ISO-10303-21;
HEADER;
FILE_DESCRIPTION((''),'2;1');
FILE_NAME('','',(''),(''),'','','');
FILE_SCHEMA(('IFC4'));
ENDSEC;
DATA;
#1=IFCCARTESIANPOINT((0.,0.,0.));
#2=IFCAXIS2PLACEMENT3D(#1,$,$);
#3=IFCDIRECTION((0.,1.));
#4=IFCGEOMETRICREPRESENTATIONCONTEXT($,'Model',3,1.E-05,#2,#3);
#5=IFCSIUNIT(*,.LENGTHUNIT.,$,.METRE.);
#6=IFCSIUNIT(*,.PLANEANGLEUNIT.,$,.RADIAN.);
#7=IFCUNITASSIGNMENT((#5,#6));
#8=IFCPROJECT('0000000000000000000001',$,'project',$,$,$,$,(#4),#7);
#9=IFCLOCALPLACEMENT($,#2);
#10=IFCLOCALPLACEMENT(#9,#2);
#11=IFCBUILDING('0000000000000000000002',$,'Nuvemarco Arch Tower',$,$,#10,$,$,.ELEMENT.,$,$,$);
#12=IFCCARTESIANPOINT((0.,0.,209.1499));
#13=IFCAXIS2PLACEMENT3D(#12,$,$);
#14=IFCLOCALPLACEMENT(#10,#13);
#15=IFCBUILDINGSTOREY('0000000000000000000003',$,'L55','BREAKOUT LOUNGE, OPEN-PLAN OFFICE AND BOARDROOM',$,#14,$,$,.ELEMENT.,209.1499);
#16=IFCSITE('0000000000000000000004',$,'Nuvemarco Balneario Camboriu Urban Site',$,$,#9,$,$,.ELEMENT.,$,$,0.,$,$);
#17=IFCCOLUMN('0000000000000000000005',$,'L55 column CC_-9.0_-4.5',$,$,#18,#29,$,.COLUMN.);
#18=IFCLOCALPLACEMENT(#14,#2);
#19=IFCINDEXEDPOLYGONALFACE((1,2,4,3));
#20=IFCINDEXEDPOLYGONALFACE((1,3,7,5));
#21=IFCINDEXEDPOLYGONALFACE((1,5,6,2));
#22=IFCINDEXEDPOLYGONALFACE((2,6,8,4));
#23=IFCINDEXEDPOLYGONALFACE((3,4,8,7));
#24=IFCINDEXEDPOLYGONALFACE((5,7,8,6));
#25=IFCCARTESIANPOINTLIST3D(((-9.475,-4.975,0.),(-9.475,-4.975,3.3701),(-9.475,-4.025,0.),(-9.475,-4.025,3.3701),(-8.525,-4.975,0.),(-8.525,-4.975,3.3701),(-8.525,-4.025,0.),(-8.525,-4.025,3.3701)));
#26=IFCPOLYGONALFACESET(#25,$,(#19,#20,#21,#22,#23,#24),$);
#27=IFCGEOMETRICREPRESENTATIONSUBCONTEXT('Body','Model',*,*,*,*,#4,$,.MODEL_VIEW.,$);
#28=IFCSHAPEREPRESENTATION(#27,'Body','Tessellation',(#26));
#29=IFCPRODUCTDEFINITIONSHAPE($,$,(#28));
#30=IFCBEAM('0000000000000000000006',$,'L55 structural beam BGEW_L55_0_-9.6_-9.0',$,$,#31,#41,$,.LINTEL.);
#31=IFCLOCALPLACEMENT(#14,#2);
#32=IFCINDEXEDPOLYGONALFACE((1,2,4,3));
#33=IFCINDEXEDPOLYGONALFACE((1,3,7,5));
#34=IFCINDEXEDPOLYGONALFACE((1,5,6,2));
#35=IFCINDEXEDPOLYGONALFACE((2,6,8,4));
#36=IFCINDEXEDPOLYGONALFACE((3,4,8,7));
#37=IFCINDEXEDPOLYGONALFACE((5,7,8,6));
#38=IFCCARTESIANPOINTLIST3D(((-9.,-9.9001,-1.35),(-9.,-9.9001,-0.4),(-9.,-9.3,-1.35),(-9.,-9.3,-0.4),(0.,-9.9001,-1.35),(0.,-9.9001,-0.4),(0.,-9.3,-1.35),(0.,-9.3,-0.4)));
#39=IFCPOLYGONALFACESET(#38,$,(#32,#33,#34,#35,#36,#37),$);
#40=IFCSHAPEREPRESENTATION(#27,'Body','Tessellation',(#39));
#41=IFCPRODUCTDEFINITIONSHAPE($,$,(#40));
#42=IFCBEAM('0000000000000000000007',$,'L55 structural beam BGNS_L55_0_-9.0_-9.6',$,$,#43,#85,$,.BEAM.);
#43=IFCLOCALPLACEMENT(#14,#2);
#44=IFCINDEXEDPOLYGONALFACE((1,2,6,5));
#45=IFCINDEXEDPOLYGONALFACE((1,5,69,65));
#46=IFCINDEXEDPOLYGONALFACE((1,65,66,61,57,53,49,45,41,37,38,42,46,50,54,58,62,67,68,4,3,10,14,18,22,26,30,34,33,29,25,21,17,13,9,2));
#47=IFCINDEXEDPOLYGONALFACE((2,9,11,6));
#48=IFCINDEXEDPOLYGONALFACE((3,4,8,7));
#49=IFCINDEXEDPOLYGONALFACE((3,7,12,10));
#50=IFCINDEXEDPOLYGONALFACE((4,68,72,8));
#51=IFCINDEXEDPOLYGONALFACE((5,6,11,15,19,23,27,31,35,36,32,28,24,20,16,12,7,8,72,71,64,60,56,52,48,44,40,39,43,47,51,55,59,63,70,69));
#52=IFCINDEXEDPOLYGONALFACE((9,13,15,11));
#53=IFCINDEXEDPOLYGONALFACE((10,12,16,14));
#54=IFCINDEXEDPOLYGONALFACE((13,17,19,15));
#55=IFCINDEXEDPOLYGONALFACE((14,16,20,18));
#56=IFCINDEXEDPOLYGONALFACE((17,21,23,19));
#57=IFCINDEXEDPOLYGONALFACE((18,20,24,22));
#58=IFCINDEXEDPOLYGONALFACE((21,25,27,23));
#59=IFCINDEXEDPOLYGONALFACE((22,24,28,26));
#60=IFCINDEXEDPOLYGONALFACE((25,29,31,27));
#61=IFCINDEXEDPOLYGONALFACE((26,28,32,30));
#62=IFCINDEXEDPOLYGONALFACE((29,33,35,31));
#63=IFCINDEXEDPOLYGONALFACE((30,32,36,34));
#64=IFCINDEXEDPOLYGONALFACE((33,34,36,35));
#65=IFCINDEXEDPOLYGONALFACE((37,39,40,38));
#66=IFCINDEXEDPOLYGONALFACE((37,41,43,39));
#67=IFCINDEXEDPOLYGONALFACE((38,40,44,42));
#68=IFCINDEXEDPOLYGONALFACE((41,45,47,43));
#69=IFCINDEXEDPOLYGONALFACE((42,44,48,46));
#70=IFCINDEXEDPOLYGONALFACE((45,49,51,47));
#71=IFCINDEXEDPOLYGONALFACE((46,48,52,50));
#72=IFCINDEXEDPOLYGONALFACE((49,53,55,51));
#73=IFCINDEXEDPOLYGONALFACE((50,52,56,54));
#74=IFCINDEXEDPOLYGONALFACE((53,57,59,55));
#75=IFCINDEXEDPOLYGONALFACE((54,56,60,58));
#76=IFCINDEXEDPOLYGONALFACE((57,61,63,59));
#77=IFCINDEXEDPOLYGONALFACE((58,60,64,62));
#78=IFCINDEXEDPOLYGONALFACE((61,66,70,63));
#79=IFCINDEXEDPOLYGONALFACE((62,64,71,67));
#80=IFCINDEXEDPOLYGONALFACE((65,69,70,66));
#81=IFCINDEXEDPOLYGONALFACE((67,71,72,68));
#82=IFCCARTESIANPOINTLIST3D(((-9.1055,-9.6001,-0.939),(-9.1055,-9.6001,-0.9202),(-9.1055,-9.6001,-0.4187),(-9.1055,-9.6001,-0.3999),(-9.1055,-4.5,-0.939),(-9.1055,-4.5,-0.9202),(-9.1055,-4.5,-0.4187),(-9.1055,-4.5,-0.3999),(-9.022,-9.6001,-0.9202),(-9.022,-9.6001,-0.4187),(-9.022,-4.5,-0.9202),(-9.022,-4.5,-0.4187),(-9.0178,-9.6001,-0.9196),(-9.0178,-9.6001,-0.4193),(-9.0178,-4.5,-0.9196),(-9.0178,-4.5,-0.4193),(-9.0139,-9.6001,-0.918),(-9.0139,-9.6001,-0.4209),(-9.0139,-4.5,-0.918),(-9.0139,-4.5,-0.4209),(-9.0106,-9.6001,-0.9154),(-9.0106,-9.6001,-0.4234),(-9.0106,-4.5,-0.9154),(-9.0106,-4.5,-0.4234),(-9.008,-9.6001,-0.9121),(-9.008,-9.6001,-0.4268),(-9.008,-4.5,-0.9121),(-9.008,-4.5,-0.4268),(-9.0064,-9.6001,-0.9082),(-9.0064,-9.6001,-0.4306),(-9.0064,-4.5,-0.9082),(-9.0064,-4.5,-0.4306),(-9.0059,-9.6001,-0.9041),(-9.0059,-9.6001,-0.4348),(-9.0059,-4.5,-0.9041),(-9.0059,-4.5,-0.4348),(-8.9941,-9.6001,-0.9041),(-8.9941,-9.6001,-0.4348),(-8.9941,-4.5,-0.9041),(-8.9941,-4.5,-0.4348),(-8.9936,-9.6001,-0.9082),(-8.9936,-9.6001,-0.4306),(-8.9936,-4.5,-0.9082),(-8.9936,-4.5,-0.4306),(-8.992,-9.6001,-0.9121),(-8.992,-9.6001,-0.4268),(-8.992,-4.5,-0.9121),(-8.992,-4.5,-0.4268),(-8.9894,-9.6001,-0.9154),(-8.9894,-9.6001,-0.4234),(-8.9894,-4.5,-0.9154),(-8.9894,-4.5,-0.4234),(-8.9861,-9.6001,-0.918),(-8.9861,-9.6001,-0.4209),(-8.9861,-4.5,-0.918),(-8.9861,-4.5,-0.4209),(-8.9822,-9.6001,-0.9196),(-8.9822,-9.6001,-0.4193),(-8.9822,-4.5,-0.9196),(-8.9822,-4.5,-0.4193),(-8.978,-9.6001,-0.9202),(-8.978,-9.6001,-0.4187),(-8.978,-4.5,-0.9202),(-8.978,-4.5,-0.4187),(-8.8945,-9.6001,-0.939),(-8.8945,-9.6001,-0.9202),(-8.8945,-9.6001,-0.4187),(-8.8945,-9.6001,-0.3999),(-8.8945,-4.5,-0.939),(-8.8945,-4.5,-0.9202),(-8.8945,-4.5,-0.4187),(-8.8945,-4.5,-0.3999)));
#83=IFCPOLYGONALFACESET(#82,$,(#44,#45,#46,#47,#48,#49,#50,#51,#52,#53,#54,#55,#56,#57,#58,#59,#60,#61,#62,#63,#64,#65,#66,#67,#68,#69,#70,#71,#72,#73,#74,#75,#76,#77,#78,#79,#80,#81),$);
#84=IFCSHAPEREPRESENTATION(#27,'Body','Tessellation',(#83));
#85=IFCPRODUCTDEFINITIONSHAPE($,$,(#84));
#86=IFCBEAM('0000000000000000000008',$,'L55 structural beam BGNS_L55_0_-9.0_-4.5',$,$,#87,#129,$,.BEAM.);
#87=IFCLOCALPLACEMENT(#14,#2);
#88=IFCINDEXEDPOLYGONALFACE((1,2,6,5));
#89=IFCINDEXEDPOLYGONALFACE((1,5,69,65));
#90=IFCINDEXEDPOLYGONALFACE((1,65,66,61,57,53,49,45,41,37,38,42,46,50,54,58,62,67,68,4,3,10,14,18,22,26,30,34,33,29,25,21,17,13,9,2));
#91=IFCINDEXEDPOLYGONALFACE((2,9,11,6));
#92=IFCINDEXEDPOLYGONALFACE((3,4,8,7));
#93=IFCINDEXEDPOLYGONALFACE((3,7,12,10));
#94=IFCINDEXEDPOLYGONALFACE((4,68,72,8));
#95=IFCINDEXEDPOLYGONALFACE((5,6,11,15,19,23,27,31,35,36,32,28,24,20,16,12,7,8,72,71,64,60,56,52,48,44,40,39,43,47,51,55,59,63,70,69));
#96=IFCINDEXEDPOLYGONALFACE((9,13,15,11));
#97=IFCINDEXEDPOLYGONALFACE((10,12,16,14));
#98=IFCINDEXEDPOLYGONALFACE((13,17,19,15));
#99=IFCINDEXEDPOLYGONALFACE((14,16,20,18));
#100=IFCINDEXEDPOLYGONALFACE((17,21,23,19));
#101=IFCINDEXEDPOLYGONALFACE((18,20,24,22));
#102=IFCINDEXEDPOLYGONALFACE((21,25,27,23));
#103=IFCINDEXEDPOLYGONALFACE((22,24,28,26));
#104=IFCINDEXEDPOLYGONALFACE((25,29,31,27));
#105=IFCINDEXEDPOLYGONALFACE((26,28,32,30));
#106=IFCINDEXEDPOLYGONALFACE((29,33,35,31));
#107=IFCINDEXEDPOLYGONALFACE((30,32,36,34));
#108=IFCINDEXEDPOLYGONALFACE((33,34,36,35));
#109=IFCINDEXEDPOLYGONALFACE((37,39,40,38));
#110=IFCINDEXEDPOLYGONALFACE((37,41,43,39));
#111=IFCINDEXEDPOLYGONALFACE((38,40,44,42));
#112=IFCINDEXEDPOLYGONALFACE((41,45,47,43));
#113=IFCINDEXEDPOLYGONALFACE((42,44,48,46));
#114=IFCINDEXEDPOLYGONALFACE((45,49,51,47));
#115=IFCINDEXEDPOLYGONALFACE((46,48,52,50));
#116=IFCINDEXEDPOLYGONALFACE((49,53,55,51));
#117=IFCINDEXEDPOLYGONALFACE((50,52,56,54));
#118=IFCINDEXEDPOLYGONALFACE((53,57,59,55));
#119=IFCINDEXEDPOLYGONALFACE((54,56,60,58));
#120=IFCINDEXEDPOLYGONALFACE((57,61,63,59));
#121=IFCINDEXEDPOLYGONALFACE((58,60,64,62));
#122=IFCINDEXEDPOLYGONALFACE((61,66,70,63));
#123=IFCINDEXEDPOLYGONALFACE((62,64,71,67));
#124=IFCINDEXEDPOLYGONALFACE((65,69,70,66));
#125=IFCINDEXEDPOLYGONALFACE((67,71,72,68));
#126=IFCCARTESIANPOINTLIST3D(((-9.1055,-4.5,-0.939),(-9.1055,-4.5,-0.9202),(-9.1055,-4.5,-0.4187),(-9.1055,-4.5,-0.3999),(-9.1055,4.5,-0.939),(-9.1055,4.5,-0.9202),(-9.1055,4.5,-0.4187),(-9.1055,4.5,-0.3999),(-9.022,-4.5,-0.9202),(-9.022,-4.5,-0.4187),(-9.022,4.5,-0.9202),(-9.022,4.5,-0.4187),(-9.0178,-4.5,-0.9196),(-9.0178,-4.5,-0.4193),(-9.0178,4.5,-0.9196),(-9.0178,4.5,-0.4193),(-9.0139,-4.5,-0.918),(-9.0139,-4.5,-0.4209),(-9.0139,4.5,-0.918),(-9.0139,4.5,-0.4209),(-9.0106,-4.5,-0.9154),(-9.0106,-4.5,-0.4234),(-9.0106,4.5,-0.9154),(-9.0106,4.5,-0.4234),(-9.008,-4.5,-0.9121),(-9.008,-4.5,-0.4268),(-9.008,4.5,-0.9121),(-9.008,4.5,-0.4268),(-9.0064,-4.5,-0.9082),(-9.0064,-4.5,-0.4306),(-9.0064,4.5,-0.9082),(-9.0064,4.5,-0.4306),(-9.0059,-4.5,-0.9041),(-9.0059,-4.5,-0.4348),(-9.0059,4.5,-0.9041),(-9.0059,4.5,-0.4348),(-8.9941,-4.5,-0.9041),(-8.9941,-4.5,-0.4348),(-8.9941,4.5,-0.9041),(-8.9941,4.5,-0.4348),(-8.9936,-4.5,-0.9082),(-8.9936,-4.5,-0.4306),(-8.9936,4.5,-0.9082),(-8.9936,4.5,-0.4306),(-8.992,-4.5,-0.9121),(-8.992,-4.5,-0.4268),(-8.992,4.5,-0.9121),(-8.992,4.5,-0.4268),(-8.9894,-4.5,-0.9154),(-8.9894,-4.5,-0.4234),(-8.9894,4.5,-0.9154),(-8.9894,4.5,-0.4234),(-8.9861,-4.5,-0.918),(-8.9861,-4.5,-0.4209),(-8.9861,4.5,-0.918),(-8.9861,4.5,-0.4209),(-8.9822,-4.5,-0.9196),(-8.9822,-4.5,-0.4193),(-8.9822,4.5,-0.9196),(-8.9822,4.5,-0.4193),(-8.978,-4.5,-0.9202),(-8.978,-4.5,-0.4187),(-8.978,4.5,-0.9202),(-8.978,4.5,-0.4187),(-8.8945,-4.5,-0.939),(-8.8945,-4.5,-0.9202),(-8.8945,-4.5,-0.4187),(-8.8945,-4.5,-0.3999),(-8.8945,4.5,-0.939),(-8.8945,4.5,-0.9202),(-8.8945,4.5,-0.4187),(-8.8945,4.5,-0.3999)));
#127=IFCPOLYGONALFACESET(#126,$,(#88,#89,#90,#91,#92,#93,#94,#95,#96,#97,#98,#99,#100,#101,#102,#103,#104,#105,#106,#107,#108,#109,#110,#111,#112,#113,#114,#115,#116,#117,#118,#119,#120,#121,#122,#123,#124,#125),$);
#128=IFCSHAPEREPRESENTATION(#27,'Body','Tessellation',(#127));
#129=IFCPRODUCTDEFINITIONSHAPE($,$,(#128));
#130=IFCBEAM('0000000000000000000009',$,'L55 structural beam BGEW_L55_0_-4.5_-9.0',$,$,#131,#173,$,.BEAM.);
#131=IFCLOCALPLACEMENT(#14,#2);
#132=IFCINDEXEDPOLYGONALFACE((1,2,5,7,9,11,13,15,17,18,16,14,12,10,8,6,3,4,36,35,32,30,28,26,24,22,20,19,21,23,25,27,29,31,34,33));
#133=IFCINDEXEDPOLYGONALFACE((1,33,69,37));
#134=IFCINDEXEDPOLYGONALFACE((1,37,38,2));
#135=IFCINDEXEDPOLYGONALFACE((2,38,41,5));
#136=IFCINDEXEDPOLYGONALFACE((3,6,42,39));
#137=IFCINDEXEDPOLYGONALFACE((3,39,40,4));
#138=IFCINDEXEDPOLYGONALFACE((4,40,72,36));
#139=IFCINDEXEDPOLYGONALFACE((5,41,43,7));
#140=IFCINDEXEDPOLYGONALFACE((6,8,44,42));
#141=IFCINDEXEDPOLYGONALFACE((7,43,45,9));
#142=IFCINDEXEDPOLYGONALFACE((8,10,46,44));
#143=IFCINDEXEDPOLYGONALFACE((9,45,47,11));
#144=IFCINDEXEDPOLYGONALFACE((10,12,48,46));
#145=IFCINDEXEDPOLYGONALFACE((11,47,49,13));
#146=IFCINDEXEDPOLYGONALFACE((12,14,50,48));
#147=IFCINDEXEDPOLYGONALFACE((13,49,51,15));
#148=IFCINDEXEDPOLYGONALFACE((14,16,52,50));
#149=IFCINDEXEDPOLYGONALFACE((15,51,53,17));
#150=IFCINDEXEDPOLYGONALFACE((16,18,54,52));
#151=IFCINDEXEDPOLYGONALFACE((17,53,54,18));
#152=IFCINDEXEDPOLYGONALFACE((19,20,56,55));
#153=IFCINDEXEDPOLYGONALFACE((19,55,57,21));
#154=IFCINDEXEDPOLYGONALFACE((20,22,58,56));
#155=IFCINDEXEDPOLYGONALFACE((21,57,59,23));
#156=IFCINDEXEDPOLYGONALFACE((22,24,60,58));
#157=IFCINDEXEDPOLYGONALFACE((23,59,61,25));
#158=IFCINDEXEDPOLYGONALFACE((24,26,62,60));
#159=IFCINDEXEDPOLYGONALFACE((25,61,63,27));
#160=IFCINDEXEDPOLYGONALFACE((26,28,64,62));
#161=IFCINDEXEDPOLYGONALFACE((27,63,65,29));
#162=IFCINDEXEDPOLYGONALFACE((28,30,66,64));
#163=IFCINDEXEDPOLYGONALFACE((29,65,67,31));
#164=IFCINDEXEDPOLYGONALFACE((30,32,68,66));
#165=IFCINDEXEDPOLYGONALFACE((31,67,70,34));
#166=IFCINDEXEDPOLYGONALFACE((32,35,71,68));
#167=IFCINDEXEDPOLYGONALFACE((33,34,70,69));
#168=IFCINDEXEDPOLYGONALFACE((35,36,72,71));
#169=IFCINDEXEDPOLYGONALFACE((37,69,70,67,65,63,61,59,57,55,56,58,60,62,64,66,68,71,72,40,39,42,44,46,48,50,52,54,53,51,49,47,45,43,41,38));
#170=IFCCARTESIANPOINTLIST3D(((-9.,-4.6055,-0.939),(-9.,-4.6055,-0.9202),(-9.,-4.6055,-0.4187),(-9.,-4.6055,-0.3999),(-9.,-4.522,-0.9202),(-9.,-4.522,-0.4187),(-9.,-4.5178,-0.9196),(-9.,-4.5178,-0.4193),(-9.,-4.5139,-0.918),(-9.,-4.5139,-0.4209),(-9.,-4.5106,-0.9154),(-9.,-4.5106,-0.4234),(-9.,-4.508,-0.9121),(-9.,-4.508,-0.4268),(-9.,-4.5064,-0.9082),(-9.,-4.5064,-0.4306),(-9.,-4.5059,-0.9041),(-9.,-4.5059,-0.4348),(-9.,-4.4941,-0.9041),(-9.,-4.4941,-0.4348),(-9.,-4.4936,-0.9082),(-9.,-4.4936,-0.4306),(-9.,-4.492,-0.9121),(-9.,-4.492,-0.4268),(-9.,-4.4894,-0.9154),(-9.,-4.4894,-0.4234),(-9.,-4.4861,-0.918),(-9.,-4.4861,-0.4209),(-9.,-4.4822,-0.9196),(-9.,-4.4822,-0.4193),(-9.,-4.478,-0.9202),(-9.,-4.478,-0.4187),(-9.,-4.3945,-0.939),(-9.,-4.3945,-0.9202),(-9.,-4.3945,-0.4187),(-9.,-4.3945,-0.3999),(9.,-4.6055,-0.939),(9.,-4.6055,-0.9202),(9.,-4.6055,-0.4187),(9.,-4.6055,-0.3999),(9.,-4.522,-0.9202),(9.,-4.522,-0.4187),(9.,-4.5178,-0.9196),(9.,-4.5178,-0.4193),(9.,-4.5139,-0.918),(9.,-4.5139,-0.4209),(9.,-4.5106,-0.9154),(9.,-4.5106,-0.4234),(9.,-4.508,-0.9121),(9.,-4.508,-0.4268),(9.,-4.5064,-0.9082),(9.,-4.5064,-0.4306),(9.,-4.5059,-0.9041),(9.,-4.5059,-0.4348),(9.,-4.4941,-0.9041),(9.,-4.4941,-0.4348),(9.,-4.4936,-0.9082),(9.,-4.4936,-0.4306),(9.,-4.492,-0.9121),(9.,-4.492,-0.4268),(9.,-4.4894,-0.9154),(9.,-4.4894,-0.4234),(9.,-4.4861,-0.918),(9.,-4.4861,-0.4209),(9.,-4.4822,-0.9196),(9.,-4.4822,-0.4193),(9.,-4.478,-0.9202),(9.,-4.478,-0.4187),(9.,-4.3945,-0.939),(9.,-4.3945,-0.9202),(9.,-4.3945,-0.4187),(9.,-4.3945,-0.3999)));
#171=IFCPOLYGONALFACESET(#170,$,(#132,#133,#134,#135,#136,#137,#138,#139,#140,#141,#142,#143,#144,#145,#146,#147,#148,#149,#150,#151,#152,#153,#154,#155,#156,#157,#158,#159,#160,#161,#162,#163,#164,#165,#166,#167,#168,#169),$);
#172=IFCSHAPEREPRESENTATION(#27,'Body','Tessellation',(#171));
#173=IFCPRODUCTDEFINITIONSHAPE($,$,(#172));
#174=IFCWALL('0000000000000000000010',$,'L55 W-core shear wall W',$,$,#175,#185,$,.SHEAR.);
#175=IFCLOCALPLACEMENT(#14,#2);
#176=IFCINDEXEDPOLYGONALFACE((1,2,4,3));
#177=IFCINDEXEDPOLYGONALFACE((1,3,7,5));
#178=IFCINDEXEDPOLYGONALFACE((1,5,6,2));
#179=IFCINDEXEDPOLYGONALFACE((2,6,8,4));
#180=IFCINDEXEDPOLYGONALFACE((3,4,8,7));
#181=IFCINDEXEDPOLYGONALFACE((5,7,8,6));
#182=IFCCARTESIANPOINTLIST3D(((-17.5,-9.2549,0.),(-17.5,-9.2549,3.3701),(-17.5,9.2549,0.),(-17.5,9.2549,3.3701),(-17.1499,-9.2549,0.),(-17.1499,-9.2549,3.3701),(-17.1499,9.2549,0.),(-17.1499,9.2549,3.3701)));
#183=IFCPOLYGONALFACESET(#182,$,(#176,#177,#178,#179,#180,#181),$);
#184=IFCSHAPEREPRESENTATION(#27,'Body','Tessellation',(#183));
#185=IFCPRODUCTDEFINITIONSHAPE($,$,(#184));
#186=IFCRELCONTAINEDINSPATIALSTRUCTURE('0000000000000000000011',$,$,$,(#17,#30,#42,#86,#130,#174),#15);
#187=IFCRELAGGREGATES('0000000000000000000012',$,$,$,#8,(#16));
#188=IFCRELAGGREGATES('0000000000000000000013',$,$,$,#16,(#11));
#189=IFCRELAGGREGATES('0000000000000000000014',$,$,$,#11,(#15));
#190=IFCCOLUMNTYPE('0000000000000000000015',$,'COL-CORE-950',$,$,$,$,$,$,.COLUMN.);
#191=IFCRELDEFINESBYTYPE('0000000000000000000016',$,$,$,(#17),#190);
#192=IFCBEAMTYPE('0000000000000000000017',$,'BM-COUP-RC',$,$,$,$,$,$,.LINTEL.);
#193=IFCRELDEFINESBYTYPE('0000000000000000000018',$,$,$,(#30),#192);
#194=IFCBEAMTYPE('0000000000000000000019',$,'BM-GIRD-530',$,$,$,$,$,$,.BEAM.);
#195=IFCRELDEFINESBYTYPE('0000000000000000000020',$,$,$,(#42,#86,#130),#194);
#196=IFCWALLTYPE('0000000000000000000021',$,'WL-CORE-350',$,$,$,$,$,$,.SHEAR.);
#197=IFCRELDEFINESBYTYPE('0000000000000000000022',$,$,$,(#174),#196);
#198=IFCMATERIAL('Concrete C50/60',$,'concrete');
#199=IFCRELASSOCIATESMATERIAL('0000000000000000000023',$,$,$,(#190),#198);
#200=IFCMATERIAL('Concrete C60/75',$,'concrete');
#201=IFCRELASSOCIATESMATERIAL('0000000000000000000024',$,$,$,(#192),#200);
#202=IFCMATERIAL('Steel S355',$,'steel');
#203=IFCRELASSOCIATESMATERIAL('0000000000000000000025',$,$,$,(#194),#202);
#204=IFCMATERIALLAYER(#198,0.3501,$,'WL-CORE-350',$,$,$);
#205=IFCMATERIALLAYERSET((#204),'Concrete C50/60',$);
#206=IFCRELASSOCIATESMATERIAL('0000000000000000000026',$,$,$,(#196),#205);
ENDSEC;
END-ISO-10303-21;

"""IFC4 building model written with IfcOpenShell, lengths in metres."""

from ifc_helpers import new_model, si_unit, direction, frame, frame_2d, origin, origin_2d, place, context, subcontext, project, spatial, rectangle, i_section, extrude, material, layer, layer_set, material_profile, profile_set, type_object, element, save


model = new_model("IFC4")

# Units and contexts
model_context = context("Model", 3, precision=1e-05, world=origin(), true_north=direction((0.0, 1.0)))
body_context = subcontext(model_context, "Body", "Model", "MODEL_VIEW")
ifc_project = project(units=[si_unit("LENGTHUNIT", "METRE"), si_unit("PLANEANGLEUNIT", "RADIAN")], contexts=[model_context])

# Site, building, storey
site_placement = place(None, origin())
site = spatial("IfcSite", under=ifc_project, at=site_placement, Name="Nuvemarco Balneario Camboriu Urban Site", CompositionType="ELEMENT", RefElevation=0.0)
building_placement = place(site_placement, origin())
building = spatial("IfcBuilding", under=site, at=building_placement, Name="Nuvemarco Arch Tower", CompositionType="ELEMENT")
storey_placement = place(building_placement, frame((0.0, 0.0, 209.1499)))
storey = spatial("IfcBuildingStorey", under=building, at=storey_placement, Name="L55", Description="BREAKOUT LOUNGE, OPEN-PLAN OFFICE AND BOARDROOM", CompositionType="ELEMENT", Elevation=209.1499)

# Column
ifc_material_1 = material(Name="Concrete C50/60", Category="concrete")
ifc_material_profile_1 = material_profile(ifc_material_1, rectangle(XDim=0.95, YDim=0.95, at=origin_2d()), Name="RC-COL-950x950")
ifc_profile_set_1 = profile_set([ifc_material_profile_1], Name="Concrete C50/60")
column_type = type_object("IfcColumnType", Name="COL-CORE-950", PredefinedType="COLUMN", material=ifc_profile_set_1)
column_placement = place(storey_placement, frame((-9.0, -4.5, 0.0), z_axis=(0.0, 0.0, 1.0), x_axis=(1.0, 0.0, 0.0)))
element("IfcColumn", 1, at=column_placement, inside=storey, type_object=column_type, Name="L55 column CC_-9.0_-4.5", PredefinedType="COLUMN", context=body_context, shape_type="SweptSolid", body=[
    extrude(rectangle(XDim=0.95, YDim=0.95, at=origin_2d()), origin(), (0.0, 0.0, 1.0), 3.3701),
])

# Beams
ifc_material_2 = material(Name="Concrete C60/75", Category="concrete")
ifc_material_profile_2 = material_profile(ifc_material_2, rectangle(XDim=0.6001, YDim=0.95, at=origin_2d()), Name="RC-BM-600x950")
ifc_profile_set_2 = profile_set([ifc_material_profile_2], Name="Concrete C60/75")
beam_type_1 = type_object("IfcBeamType", Name="BM-COUP-RC", PredefinedType="LINTEL", material=ifc_profile_set_2)
beam_1_placement = place(storey_placement, frame((-9.0, -9.6001, -0.875), z_axis=(1.0, 0.0, 0.0), x_axis=(0.0, 1.0, 0.0)))
element("IfcBeam", 2, at=beam_1_placement, inside=storey, type_object=beam_type_1, Name="L55 structural beam BGEW_L55_0_-9.6_-9.0", PredefinedType="LINTEL", context=body_context, shape_type="SweptSolid", body=[
    extrude(rectangle(XDim=0.6001, YDim=0.95, at=origin_2d()), origin(), (0.0, 0.0, 1.0), 9.0),
])
ifc_material_3 = material(Name="Steel S355", Category="steel")
ifc_material_profile_3 = material_profile(ifc_material_3, i_section(OverallWidth=0.2109, OverallDepth=0.5391, WebThickness=0.0117, FlangeThickness=0.0188, FilletRadius=0.0161, at=origin_2d()), Name="W530x109")
ifc_profile_set_3 = profile_set([ifc_material_profile_3], Name="Steel S355")
beam_type_2 = type_object("IfcBeamType", Name="BM-GIRD-530", PredefinedType="BEAM", material=ifc_profile_set_3)
beam_2_placement = place(storey_placement, frame((-9.0, -9.6001, -0.6694), z_axis=(0.0, 1.0, 0.0), x_axis=(-1.0, 0.0, 0.0)))
element("IfcBeam", 3, at=beam_2_placement, inside=storey, type_object=beam_type_2, Name="L55 structural beam BGNS_L55_0_-9.0_-9.6", PredefinedType="BEAM", context=body_context, shape_type="SweptSolid", body=[
    extrude(i_section(OverallWidth=0.2109, OverallDepth=0.5391, WebThickness=0.0117, FlangeThickness=0.0188, FilletRadius=0.0161, at=origin_2d()), origin(), (0.0, 0.0, 1.0), 5.1001),
])
beam_3_placement = place(storey_placement, frame((-9.0, -4.5, -0.6694), z_axis=(0.0, 1.0, 0.0), x_axis=(-1.0, 0.0, 0.0)))
element("IfcBeam", 4, at=beam_3_placement, inside=storey, type_object=beam_type_2, Name="L55 structural beam BGNS_L55_0_-9.0_-4.5", PredefinedType="BEAM", context=body_context, shape_type="SweptSolid", body=[
    extrude(i_section(OverallWidth=0.2109, OverallDepth=0.5391, WebThickness=0.0117, FlangeThickness=0.0188, FilletRadius=0.0161, at=origin_2d()), origin(), (0.0, 0.0, 1.0), 9.0),
])
beam_4_placement = place(storey_placement, frame((-9.0, -4.5, -0.6694), z_axis=(1.0, 0.0, 0.0), x_axis=(0.0, 1.0, 0.0)))
element("IfcBeam", 5, at=beam_4_placement, inside=storey, type_object=beam_type_2, Name="L55 structural beam BGEW_L55_0_-4.5_-9.0", PredefinedType="BEAM", context=body_context, shape_type="SweptSolid", body=[
    extrude(i_section(OverallWidth=0.2109, OverallDepth=0.5391, WebThickness=0.0117, FlangeThickness=0.0188, FilletRadius=0.0161, at=origin_2d()), origin(), (0.0, 0.0, 1.0), 18.0),
])

# Wall
ifc_layer_1 = layer(ifc_material_1, 0.3501, Name="WL-CORE-350")
ifc_layer_set_1 = layer_set([ifc_layer_1], Name="Concrete C50/60")
wall_type_1 = type_object("IfcWallType", Name="WL-CORE-350", PredefinedType="SHEAR", material=ifc_layer_set_1)
wall_1_placement = place(storey_placement, frame((-17.325, -9.2549, 0.0), z_axis=(0.0, 0.0, 1.0), x_axis=(0.0, 1.0, 0.0)))
element("IfcWall", 6, at=wall_1_placement, inside=storey, type_object=wall_type_1, Name="L55 W-core shear wall W", PredefinedType="SHEAR", context=body_context, shape_type="SweptSolid", body=[
    extrude(rectangle(XDim=18.5098, YDim=0.3501, at=frame_2d((9.2549, 0.0))), origin(), (0.0, 0.0, 1.0), 3.3701),
])

save(model, "model.ifc")
